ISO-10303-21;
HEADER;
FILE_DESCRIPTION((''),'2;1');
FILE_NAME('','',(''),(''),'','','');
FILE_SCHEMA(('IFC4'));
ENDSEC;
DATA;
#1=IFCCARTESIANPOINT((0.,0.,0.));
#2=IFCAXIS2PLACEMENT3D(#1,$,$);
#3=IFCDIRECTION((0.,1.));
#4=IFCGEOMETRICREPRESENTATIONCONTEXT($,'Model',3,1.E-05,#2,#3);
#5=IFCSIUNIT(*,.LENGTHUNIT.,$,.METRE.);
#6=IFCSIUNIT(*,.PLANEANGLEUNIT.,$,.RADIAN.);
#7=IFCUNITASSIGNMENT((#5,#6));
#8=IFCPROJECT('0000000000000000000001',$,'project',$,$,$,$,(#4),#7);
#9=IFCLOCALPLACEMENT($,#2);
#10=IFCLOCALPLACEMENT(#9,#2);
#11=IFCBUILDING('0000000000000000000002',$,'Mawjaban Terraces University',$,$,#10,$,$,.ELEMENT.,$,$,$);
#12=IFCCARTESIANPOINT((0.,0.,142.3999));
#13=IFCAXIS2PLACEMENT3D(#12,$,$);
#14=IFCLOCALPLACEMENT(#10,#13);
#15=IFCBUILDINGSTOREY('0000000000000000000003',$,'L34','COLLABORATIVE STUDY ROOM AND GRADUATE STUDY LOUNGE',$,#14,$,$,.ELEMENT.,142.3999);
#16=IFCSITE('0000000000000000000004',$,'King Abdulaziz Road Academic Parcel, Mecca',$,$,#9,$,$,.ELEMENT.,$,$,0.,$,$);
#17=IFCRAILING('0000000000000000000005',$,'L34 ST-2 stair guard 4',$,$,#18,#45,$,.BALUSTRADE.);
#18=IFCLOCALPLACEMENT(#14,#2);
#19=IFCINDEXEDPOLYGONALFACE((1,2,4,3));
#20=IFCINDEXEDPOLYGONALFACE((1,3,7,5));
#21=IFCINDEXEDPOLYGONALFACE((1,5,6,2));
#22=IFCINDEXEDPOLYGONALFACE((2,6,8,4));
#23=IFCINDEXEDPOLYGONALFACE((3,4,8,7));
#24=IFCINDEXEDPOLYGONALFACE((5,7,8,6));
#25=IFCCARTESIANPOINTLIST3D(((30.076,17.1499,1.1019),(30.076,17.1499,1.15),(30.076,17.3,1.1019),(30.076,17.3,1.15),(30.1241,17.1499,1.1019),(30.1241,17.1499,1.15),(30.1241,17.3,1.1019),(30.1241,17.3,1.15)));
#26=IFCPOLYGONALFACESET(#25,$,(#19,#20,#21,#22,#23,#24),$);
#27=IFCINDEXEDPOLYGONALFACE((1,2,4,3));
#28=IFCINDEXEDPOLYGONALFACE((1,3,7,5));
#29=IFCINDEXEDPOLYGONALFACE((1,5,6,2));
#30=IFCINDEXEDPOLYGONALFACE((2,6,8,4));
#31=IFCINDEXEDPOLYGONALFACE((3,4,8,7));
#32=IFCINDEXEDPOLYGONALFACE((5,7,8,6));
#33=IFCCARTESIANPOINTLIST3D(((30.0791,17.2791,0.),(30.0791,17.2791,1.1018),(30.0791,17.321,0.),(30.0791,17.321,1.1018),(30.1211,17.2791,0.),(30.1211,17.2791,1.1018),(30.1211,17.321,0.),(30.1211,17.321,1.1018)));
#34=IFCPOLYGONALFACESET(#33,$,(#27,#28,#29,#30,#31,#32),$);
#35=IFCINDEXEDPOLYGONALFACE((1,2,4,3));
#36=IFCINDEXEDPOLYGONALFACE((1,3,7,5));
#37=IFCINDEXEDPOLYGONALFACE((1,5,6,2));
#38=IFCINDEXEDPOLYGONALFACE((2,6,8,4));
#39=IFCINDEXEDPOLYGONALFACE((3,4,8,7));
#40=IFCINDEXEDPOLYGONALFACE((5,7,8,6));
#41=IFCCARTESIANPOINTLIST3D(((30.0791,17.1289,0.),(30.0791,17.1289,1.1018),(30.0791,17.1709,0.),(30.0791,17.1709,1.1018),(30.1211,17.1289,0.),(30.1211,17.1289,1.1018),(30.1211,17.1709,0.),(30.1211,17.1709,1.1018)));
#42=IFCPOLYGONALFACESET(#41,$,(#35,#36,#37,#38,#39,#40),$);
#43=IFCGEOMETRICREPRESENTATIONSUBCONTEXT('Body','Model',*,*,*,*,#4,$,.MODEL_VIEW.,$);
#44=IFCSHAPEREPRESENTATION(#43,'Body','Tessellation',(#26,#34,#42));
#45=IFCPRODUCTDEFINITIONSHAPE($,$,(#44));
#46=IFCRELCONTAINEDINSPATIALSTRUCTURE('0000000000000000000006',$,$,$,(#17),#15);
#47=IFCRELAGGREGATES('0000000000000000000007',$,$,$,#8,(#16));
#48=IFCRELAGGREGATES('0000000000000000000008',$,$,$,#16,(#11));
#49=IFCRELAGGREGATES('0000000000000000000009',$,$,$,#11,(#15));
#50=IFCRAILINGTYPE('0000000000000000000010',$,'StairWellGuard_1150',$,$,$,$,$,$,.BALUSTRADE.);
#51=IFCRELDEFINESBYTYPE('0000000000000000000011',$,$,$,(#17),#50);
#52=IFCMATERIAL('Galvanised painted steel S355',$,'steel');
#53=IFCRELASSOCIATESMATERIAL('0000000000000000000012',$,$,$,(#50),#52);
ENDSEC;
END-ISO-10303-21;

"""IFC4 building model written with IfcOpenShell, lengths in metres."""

from ifc_helpers import new_model, si_unit, direction, frame, origin, origin_2d, place, context, subcontext, project, spatial, rectangle, extrude, material, type_object, element, save


model = new_model("IFC4")

# Units and contexts
model_context = context("Model", 3, precision=1e-05, world=origin(), true_north=direction((0.0, 1.0)))
body_context = subcontext(model_context, "Body", "Model", "MODEL_VIEW")
ifc_project = project(units=[si_unit("LENGTHUNIT", "METRE"), si_unit("PLANEANGLEUNIT", "RADIAN")], contexts=[model_context])

# Site, building, storey
site_placement = place(None, origin())
site = spatial("IfcSite", under=ifc_project, at=site_placement, Name="King Abdulaziz Road Academic Parcel, Mecca", CompositionType="ELEMENT", RefElevation=0.0)
building_placement = place(site_placement, origin())
building = spatial("IfcBuilding", under=site, at=building_placement, Name="Mawjaban Terraces University", CompositionType="ELEMENT")
storey_placement = place(building_placement, frame((0.0, 0.0, 142.3999)))
storey = spatial("IfcBuildingStorey", under=building, at=storey_placement, Name="L34", Description="COLLABORATIVE STUDY ROOM AND GRADUATE STUDY LOUNGE", CompositionType="ELEMENT", Elevation=142.3999)

# Railing
ifc_material_1 = material(Name="Galvanised painted steel S355", Category="steel")
railing_type_1 = type_object("IfcRailingType", Name="StairWellGuard_1150", PredefinedType="BALUSTRADE", material=ifc_material_1)
railing_1_placement = place(storey_placement, frame((30.1001, 17.3, 0.0)))
element("IfcRailing", 1, at=railing_1_placement, inside=storey, type_object=railing_type_1, Name="L34 ST-2 stair guard 4", PredefinedType="BALUSTRADE", context=body_context, shape_type="SweptSolid", body=[
    extrude(rectangle(XDim=0.0481, YDim=0.0481, at=origin_2d()), frame((0.0, 0.0, 1.126), z_axis=(0.0, -1.0, 0.0), x_axis=(1.0, 0.0, 0.0)), (0.0, 0.0, 1.0), 0.1501),
    extrude(rectangle(XDim=0.042, YDim=0.042, at=origin_2d()), origin(), (0.0, 0.0, 1.0), 1.1018),
    extrude(rectangle(XDim=0.042, YDim=0.042, at=origin_2d()), frame((0.0, -0.1501, 0.0)), (0.0, 0.0, 1.0), 1.1018),
])

save(model, "model.ifc")
